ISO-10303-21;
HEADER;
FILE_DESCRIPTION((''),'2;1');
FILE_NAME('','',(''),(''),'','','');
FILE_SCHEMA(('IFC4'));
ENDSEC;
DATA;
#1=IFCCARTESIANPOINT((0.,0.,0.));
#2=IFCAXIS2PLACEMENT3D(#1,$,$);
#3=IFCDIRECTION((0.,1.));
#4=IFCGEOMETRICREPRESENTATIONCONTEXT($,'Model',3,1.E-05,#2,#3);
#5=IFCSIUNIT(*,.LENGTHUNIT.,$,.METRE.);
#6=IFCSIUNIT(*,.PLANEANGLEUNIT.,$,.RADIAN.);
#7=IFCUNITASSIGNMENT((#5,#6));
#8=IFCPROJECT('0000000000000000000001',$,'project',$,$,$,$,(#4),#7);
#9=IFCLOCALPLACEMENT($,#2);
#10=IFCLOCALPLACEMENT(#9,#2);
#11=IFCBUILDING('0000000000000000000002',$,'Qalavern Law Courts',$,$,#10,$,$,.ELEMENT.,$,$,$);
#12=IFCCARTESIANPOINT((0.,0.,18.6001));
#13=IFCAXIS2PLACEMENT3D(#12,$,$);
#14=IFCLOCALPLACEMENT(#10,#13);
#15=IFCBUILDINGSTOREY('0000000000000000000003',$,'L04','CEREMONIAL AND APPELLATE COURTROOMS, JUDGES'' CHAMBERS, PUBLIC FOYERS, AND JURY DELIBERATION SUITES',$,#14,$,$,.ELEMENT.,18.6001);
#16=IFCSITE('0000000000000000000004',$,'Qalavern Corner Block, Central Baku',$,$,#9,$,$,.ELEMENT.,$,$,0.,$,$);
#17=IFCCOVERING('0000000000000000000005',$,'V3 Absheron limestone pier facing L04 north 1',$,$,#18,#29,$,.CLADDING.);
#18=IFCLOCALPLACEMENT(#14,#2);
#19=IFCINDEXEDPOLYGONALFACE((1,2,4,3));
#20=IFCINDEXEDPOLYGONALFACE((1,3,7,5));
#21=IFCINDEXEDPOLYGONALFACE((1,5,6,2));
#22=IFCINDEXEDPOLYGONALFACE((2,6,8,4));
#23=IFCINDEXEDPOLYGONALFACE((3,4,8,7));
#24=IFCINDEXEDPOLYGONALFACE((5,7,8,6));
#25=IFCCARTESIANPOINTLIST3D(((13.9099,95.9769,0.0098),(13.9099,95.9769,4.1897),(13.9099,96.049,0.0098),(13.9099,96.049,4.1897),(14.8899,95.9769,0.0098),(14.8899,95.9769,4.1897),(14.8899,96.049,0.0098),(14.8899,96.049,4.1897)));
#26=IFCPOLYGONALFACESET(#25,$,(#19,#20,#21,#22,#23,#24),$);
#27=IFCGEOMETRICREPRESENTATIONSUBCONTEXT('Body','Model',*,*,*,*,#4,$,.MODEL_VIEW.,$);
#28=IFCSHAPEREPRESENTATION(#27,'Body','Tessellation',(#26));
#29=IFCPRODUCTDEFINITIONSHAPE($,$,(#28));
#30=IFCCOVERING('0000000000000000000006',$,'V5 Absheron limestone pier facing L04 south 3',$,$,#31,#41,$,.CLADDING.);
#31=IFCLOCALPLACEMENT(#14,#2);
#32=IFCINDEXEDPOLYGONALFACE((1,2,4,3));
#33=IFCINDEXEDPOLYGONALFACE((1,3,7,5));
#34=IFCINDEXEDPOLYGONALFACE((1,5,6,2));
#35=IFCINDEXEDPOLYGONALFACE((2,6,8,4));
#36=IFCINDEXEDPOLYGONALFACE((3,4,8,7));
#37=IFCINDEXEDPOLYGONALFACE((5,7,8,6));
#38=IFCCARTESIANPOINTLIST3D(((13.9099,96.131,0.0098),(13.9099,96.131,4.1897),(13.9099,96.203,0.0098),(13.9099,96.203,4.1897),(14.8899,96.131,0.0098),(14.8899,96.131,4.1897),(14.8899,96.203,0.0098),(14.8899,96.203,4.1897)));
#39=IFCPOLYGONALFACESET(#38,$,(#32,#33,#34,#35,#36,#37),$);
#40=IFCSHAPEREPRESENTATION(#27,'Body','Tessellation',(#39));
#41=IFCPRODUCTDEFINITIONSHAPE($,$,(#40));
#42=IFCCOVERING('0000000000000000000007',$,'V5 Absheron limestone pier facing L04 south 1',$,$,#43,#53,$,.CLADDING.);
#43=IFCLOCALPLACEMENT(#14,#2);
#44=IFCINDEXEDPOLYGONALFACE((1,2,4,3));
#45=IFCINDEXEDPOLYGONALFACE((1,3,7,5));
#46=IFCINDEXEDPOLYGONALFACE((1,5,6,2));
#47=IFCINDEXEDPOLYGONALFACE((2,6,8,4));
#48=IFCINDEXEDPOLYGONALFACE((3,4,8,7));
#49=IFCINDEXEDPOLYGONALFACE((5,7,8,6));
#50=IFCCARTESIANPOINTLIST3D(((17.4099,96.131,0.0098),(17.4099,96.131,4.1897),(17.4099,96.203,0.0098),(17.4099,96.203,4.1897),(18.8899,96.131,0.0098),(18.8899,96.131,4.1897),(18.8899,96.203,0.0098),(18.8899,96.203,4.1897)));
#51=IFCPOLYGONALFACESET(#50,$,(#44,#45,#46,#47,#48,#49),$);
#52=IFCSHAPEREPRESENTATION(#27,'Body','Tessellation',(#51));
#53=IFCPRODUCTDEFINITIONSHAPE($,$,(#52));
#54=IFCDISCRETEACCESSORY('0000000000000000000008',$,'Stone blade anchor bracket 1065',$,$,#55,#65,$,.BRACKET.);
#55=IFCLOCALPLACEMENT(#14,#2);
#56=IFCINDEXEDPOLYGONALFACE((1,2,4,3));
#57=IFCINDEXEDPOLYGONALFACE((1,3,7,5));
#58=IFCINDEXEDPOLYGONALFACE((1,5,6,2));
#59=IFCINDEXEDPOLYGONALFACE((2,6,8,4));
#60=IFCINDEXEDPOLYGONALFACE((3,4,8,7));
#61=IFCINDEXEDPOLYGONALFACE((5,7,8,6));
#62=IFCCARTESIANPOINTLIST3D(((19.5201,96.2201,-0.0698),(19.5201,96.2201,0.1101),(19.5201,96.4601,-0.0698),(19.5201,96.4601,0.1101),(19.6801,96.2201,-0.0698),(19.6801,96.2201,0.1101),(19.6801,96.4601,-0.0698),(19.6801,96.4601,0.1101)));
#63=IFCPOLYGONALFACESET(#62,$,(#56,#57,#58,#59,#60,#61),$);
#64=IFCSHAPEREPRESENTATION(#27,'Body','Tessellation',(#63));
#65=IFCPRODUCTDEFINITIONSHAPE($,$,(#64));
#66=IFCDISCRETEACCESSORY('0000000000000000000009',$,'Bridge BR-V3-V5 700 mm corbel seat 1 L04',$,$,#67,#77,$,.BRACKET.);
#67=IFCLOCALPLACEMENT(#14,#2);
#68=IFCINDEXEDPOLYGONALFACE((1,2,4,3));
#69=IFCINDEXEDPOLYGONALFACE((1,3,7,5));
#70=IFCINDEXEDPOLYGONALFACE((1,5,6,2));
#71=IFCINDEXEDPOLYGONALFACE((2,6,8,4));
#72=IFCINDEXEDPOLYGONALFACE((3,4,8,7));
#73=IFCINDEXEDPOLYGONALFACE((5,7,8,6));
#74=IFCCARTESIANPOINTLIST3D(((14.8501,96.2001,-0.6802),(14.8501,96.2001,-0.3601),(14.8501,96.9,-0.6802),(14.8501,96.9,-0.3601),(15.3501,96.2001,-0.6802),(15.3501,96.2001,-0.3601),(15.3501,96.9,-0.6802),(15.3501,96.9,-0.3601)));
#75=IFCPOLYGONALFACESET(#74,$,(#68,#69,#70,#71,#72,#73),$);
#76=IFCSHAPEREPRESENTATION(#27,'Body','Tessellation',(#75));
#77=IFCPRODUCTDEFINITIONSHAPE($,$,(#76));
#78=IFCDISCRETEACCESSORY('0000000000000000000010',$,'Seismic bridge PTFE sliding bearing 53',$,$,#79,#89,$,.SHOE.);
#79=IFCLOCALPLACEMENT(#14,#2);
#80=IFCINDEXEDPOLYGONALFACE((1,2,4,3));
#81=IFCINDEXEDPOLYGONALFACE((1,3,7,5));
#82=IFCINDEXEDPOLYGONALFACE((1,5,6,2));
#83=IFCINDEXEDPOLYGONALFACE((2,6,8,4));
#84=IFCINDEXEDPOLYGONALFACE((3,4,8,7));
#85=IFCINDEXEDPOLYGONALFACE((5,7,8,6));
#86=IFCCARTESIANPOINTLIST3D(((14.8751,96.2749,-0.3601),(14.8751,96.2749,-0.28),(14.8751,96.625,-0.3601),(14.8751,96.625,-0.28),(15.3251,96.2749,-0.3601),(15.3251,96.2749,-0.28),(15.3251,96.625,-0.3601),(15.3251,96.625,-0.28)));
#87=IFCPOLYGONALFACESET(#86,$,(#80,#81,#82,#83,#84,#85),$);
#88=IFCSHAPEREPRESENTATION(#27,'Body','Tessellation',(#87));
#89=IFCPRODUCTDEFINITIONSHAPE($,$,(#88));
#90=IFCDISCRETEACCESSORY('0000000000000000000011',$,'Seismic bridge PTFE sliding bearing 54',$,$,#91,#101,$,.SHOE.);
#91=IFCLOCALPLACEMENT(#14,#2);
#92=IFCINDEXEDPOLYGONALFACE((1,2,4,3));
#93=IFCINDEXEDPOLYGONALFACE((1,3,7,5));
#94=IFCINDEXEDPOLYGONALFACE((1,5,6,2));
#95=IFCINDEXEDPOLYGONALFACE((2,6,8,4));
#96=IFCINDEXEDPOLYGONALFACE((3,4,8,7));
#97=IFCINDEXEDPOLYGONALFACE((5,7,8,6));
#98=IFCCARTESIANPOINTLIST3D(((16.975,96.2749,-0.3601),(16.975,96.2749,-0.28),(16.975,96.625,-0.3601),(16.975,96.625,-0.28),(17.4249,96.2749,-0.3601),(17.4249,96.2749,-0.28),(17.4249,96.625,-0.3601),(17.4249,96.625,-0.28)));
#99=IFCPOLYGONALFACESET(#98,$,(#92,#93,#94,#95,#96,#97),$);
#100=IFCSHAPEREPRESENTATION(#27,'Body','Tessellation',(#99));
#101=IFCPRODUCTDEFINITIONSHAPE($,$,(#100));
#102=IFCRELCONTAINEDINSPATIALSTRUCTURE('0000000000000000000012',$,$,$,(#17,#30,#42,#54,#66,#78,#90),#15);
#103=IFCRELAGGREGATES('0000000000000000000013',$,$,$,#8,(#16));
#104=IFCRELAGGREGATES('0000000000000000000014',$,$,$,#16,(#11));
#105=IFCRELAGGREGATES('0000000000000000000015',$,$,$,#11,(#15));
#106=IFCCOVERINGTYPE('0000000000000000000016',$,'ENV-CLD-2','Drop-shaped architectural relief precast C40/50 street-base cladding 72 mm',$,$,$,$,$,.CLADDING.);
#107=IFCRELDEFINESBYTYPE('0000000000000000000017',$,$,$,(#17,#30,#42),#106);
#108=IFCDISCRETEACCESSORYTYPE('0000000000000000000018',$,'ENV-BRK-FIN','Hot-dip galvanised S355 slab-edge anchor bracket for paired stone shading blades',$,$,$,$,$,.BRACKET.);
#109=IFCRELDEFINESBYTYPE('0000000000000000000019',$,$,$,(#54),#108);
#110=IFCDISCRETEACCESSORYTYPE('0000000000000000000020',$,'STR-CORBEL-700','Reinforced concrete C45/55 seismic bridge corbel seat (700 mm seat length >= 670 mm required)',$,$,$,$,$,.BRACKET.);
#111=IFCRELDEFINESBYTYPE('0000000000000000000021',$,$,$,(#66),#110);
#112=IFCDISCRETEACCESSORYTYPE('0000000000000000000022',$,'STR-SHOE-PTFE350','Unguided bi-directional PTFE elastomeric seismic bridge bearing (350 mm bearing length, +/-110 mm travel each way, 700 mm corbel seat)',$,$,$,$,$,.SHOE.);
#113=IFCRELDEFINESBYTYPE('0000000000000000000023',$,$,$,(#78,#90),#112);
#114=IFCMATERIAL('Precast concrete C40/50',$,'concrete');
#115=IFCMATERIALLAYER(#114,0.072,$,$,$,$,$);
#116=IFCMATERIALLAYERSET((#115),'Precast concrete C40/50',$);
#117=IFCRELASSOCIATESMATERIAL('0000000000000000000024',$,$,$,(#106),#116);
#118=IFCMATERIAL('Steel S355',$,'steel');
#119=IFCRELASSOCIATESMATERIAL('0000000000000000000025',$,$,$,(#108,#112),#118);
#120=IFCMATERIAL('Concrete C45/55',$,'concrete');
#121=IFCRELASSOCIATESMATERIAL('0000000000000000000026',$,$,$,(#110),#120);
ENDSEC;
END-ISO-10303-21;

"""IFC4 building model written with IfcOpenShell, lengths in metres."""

from ifc_helpers import new_model, si_unit, direction, frame, origin, origin_2d, place, context, subcontext, project, spatial, rectangle, extrude, material, layer, layer_set, type_object, element, save


model = new_model("IFC4")

# Units and contexts
model_context = context("Model", 3, precision=1e-05, world=origin(), true_north=direction((0.0, 1.0)))
body_context = subcontext(model_context, "Body", "Model", "MODEL_VIEW")
ifc_project = project(units=[si_unit("LENGTHUNIT", "METRE"), si_unit("PLANEANGLEUNIT", "RADIAN")], contexts=[model_context])

# Site, building, storey
site_placement = place(None, origin())
site = spatial("IfcSite", under=ifc_project, at=site_placement, Name="Qalavern Corner Block, Central Baku", CompositionType="ELEMENT", RefElevation=0.0)
building_placement = place(site_placement, origin())
building = spatial("IfcBuilding", under=site, at=building_placement, Name="Qalavern Law Courts", CompositionType="ELEMENT")
storey_placement = place(building_placement, frame((0.0, 0.0, 18.6001)))
storey = spatial("IfcBuildingStorey", under=building, at=storey_placement, Name="L04", Description="CEREMONIAL AND APPELLATE COURTROOMS, JUDGES' CHAMBERS, PUBLIC FOYERS, AND JURY DELIBERATION SUITES", CompositionType="ELEMENT", Elevation=18.6001)

# Shared definitions
ifc_material_1 = material(Name="Concrete C45/55", Category="concrete")

# Shared definitions
ifc_material_2 = material(Name="Steel S355", Category="steel")

# Coverings
ifc_material_3 = material(Name="Precast concrete C40/50", Category="concrete")
ifc_layer_1 = layer(ifc_material_3, 0.072)
ifc_layer_set_1 = layer_set([ifc_layer_1], Name="Precast concrete C40/50")
covering_type_1 = type_object("IfcCoveringType", Name="ENV-CLD-2", Description="Drop-shaped architectural relief precast C40/50 street-base cladding 72 mm", PredefinedType="CLADDING", material=ifc_layer_set_1)
for number, where, z_axis, x_axis, name in (
    (1, (14.3999, 96.0129, 0.0098), (0.0, 0.0, 1.0), (-1.0, 0.0, 0.0), "V3 Absheron limestone pier facing L04 north 1"),
    (2, (14.3999, 96.167, 0.0098), (0.0, 0.0, 1.0), (1.0, 0.0, 0.0), "V5 Absheron limestone pier facing L04 south 3"),
):
    element("IfcCovering", number, at=place(storey_placement, frame(where, z_axis=z_axis, x_axis=x_axis)), inside=storey, type_object=covering_type_1, Name=name, PredefinedType="CLADDING", context=body_context, shape_type="SweptSolid", body=[
        extrude(rectangle(XDim=0.98, YDim=0.072, at=origin_2d()), origin(), (0.0, 0.0, 1.0), 4.1799),
    ])
covering_1_placement = place(storey_placement, frame((18.1499, 96.167, 0.0098), z_axis=(0.0, 0.0, 1.0), x_axis=(1.0, 0.0, 0.0)))
element("IfcCovering", 3, at=covering_1_placement, inside=storey, type_object=covering_type_1, Name="V5 Absheron limestone pier facing L04 south 1", PredefinedType="CLADDING", context=body_context, shape_type="SweptSolid", body=[
    extrude(rectangle(XDim=1.48, YDim=0.072, at=origin_2d()), origin(), (0.0, 0.0, 1.0), 4.1799),
])

# Discrete accessories
discrete_accessory_type_1 = type_object("IfcDiscreteAccessoryType", Name="ENV-BRK-FIN", Description="Hot-dip galvanised S355 slab-edge anchor bracket for paired stone shading blades", PredefinedType="BRACKET", material=ifc_material_2)
discrete_accessory_1_placement = place(storey_placement, frame((19.6001, 96.3401, -0.0698), z_axis=(0.0, 0.0, 1.0), x_axis=(0.0, -1.0, 0.0)))
element("IfcDiscreteAccessory", 4, at=discrete_accessory_1_placement, inside=storey, type_object=discrete_accessory_type_1, Name="Stone blade anchor bracket 1065", PredefinedType="BRACKET", context=body_context, shape_type="SweptSolid", body=[
    extrude(rectangle(XDim=0.24, YDim=0.1599, at=origin_2d()), origin(), (0.0, 0.0, 1.0), 0.1799),
])
discrete_accessory_type_2 = type_object("IfcDiscreteAccessoryType", Name="STR-CORBEL-700", Description="Reinforced concrete C45/55 seismic bridge corbel seat (700 mm seat length >= 670 mm required)", PredefinedType="BRACKET", material=ifc_material_1)
discrete_accessory_2_placement = place(storey_placement, frame((15.1001, 96.55, -0.6802), z_axis=(0.0, 0.0, 1.0), x_axis=(1.0, 0.0, 0.0)))
element("IfcDiscreteAccessory", 5, at=discrete_accessory_2_placement, inside=storey, type_object=discrete_accessory_type_2, Name="Bridge BR-V3-V5 700 mm corbel seat 1 L04", PredefinedType="BRACKET", context=body_context, shape_type="SweptSolid", body=[
    extrude(rectangle(XDim=0.5, YDim=0.7, at=origin_2d()), origin(), (0.0, 0.0, 1.0), 0.3201),
])
discrete_accessory_type_3 = type_object("IfcDiscreteAccessoryType", Name="STR-SHOE-PTFE350", Description="Unguided bi-directional PTFE elastomeric seismic bridge bearing (350 mm bearing length, +/-110 mm travel each way, 700 mm corbel seat)", PredefinedType="SHOE", material=ifc_material_2)
for number, where, z_axis, x_axis, name in (
    (6, (15.1001, 96.45, -0.3601), (0.0, 0.0, 1.0), (1.0, 0.0, 0.0), "Seismic bridge PTFE sliding bearing 53"),
    (7, (17.2, 96.45, -0.3601), (0.0, 0.0, 1.0), (1.0, 0.0, 0.0), "Seismic bridge PTFE sliding bearing 54"),
):
    element("IfcDiscreteAccessory", number, at=place(storey_placement, frame(where, z_axis=z_axis, x_axis=x_axis)), inside=storey, type_object=discrete_accessory_type_3, Name=name, PredefinedType="SHOE", context=body_context, shape_type="SweptSolid", body=[
        extrude(rectangle(XDim=0.45, YDim=0.3501, at=origin_2d()), origin(), (0.0, 0.0, 1.0), 0.0801),
    ])

save(model, "model.ifc")
